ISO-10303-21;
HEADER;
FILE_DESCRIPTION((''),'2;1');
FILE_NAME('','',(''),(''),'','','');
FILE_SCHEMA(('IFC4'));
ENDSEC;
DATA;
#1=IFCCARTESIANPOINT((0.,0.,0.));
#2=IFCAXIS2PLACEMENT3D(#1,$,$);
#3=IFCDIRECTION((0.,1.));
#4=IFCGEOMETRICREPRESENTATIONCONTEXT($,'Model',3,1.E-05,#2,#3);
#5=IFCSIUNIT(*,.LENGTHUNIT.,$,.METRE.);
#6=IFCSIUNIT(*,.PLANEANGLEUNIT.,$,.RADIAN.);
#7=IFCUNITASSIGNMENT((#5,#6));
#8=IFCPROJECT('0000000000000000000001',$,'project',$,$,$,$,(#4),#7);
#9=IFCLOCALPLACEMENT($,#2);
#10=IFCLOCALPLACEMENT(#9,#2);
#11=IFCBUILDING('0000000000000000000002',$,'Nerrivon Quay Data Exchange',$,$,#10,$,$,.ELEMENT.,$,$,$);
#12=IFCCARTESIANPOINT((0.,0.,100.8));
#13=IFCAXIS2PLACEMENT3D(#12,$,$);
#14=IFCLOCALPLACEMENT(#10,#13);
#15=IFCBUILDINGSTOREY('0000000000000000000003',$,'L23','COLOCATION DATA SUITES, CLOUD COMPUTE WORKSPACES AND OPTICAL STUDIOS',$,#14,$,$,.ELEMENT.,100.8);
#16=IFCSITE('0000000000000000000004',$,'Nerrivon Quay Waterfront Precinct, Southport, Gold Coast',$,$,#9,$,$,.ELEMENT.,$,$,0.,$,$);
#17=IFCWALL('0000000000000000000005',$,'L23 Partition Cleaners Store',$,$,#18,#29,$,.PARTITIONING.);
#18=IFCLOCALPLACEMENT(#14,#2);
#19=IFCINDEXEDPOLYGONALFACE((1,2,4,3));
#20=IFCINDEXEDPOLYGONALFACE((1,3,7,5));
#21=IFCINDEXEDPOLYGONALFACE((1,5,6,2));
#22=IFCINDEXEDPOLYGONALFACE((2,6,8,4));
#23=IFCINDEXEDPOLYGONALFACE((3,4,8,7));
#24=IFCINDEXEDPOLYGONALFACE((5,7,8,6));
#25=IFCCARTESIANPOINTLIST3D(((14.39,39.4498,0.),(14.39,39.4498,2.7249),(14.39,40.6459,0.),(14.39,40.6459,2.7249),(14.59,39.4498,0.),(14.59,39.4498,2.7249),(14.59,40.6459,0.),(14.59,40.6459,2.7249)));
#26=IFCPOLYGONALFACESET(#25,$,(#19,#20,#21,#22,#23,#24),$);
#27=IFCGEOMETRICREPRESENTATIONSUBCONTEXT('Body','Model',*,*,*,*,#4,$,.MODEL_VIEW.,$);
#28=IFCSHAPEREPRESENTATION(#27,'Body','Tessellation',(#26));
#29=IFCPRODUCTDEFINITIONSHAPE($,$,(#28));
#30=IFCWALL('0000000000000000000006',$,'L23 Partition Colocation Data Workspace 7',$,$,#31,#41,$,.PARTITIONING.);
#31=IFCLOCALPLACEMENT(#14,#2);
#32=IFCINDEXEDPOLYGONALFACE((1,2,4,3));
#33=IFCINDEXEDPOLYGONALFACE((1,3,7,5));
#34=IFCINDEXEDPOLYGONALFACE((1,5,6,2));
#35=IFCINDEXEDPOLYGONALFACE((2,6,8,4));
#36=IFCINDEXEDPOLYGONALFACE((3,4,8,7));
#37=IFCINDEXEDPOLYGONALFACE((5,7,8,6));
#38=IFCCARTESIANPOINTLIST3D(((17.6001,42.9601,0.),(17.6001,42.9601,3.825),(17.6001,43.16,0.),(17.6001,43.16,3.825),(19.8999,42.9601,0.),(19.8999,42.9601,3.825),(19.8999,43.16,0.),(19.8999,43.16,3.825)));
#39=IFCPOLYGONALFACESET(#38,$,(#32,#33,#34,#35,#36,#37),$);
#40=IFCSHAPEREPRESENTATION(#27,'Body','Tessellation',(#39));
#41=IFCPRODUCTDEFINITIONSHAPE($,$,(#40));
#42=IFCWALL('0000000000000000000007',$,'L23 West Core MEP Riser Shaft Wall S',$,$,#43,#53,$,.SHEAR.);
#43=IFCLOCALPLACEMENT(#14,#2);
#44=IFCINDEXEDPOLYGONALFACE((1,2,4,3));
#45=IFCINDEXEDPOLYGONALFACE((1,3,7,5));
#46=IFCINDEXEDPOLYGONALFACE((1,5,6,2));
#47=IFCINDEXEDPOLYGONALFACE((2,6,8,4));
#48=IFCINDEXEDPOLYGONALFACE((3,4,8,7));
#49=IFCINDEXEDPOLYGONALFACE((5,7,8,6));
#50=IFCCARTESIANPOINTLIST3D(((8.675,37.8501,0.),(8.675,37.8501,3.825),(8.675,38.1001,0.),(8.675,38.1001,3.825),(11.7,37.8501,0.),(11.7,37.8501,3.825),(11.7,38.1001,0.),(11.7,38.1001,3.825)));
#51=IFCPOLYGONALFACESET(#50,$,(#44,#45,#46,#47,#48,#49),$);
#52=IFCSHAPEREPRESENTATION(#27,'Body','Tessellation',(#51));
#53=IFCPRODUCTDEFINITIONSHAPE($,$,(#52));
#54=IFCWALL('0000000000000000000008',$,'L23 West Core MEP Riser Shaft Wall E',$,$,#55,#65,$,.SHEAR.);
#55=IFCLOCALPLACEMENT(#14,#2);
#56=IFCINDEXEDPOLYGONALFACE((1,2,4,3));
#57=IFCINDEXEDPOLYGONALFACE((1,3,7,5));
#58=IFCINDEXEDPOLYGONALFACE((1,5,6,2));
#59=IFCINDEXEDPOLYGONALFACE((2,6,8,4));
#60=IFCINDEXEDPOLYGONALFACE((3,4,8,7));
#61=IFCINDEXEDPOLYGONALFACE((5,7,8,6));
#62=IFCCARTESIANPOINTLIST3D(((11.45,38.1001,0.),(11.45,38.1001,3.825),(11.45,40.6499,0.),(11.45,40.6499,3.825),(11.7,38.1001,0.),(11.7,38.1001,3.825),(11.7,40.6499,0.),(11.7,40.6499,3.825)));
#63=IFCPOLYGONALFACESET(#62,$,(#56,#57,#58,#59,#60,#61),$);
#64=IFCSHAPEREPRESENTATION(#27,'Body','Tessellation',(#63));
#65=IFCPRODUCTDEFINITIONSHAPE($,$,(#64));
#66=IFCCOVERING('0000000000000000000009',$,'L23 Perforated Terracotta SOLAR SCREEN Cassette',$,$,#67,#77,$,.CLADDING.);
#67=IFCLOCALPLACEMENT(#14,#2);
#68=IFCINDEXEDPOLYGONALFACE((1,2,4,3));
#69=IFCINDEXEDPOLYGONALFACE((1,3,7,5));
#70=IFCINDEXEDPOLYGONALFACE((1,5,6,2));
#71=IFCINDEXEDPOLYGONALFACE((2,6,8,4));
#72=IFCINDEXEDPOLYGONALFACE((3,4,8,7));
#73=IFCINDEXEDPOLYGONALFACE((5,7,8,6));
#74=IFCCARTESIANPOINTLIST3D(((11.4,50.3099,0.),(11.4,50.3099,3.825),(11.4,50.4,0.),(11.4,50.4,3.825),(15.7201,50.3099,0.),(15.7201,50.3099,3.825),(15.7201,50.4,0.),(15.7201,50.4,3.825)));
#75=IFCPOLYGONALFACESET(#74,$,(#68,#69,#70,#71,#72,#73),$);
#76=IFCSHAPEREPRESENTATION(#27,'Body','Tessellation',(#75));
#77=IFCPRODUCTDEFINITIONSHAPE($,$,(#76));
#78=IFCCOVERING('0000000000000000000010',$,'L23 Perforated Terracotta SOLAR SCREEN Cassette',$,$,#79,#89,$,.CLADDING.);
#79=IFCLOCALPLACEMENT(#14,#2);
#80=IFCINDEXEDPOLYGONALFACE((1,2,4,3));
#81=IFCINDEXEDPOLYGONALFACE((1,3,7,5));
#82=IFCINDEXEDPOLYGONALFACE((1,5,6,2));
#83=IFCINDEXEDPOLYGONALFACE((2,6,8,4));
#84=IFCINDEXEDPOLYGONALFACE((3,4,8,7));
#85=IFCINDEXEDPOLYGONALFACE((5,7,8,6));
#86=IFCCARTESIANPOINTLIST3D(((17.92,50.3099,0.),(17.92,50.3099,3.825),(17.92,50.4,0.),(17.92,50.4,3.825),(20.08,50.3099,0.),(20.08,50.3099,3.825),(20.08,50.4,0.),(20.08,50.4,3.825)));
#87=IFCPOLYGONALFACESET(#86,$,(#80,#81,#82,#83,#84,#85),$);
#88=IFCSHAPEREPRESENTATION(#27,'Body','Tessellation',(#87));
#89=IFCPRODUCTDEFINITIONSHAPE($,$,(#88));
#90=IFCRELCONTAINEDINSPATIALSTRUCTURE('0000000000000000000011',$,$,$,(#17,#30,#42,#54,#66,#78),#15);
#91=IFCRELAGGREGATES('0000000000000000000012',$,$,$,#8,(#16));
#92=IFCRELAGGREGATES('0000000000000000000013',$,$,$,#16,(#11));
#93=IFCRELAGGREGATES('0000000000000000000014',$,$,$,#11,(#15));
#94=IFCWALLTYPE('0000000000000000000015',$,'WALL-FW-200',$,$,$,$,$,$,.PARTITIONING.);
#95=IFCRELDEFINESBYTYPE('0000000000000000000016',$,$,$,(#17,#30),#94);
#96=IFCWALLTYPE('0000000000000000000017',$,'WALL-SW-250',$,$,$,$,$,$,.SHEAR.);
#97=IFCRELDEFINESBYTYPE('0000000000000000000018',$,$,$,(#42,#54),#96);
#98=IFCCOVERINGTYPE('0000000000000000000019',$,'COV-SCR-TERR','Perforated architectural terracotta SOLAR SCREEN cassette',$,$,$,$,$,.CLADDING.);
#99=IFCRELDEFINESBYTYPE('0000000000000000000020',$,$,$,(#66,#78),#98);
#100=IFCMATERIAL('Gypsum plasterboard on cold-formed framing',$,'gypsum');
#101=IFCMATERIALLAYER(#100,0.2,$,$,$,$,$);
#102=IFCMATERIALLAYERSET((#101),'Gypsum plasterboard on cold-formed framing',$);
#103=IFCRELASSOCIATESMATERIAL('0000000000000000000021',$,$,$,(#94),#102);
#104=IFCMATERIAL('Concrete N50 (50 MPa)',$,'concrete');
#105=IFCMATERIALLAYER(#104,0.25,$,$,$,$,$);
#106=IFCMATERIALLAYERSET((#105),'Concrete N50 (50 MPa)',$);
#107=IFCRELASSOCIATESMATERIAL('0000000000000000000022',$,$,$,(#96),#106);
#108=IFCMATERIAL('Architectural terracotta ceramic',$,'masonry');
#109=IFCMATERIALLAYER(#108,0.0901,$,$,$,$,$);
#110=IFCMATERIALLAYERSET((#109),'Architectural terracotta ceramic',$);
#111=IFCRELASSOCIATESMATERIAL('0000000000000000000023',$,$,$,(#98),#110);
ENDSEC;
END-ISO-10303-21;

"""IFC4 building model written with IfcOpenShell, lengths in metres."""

from ifc_helpers import new_model, si_unit, direction, frame, frame_2d, origin, origin_2d, place, context, subcontext, project, spatial, rectangle, extrude, material, layer, layer_set, type_object, element, save


model = new_model("IFC4")

# Units and contexts
model_context = context("Model", 3, precision=1e-05, world=origin(), true_north=direction((0.0, 1.0)))
body_context = subcontext(model_context, "Body", "Model", "MODEL_VIEW")
ifc_project = project(units=[si_unit("LENGTHUNIT", "METRE"), si_unit("PLANEANGLEUNIT", "RADIAN")], contexts=[model_context])

# Site, building, storey
site_placement = place(None, origin())
site = spatial("IfcSite", under=ifc_project, at=site_placement, Name="Nerrivon Quay Waterfront Precinct, Southport, Gold Coast", CompositionType="ELEMENT", RefElevation=0.0)
building_placement = place(site_placement, origin())
building = spatial("IfcBuilding", under=site, at=building_placement, Name="Nerrivon Quay Data Exchange", CompositionType="ELEMENT")
storey_placement = place(building_placement, frame((0.0, 0.0, 100.8)))
storey = spatial("IfcBuildingStorey", under=building, at=storey_placement, Name="L23", Description="COLOCATION DATA SUITES, CLOUD COMPUTE WORKSPACES AND OPTICAL STUDIOS", CompositionType="ELEMENT", Elevation=100.8)

# Walls
ifc_material_1 = material(Name="Gypsum plasterboard on cold-formed framing", Category="gypsum")
ifc_layer_1 = layer(ifc_material_1, 0.2)
ifc_layer_set_1 = layer_set([ifc_layer_1], Name="Gypsum plasterboard on cold-formed framing")
wall_type_1 = type_object("IfcWallType", Name="WALL-FW-200", PredefinedType="PARTITIONING", material=ifc_layer_set_1)
wall_1_placement = place(storey_placement, frame((14.49, 40.646, 0.0), z_axis=(0.0, 0.0, 1.0), x_axis=(0.0, -1.0, 0.0)))
element("IfcWall", 1, at=wall_1_placement, inside=storey, type_object=wall_type_1, Name="L23 Partition Cleaners Store", PredefinedType="PARTITIONING", context=body_context, shape_type="SweptSolid", body=[
    extrude(rectangle(XDim=1.196, YDim=0.2, at=frame_2d((0.5981, 0.0))), origin(), (0.0, 0.0, 1.0), 2.7249),
])
wall_2_placement = place(storey_placement, frame((17.6001, 43.0601, 0.0), z_axis=(0.0, 0.0, 1.0), x_axis=(1.0, 0.0, 0.0)))
element("IfcWall", 2, at=wall_2_placement, inside=storey, type_object=wall_type_1, Name="L23 Partition Colocation Data Workspace 7", PredefinedType="PARTITIONING", context=body_context, shape_type="SweptSolid", body=[
    extrude(rectangle(XDim=2.2998, YDim=0.2, at=frame_2d((1.1499, 0.0))), origin(), (0.0, 0.0, 1.0), 3.825),
])
ifc_material_2 = material(Name="Concrete N50 (50 MPa)", Category="concrete")
ifc_layer_2 = layer(ifc_material_2, 0.25)
ifc_layer_set_2 = layer_set([ifc_layer_2], Name="Concrete N50 (50 MPa)")
wall_type_2 = type_object("IfcWallType", Name="WALL-SW-250", PredefinedType="SHEAR", material=ifc_layer_set_2)
wall_3_placement = place(storey_placement, frame((8.675, 37.9751, 0.0), z_axis=(0.0, 0.0, 1.0), x_axis=(1.0, 0.0, 0.0)))
element("IfcWall", 3, at=wall_3_placement, inside=storey, type_object=wall_type_2, Name="L23 West Core MEP Riser Shaft Wall S", PredefinedType="SHEAR", context=body_context, shape_type="SweptSolid", body=[
    extrude(rectangle(XDim=3.0249, YDim=0.25, at=frame_2d((1.5125, 0.0))), origin(), (0.0, 0.0, 1.0), 3.825),
])
wall_4_placement = place(storey_placement, frame((11.575, 38.1001, 0.0), z_axis=(0.0, 0.0, 1.0), x_axis=(0.0, 1.0, 0.0)))
element("IfcWall", 4, at=wall_4_placement, inside=storey, type_object=wall_type_2, Name="L23 West Core MEP Riser Shaft Wall E", PredefinedType="SHEAR", context=body_context, shape_type="SweptSolid", body=[
    extrude(rectangle(XDim=2.5498, YDim=0.25, at=frame_2d((1.2749, 0.0))), origin(), (0.0, 0.0, 1.0), 3.825),
])

# Coverings
ifc_material_3 = material(Name="Architectural terracotta ceramic", Category="masonry")
ifc_layer_3 = layer(ifc_material_3, 0.0901)
ifc_layer_set_3 = layer_set([ifc_layer_3], Name="Architectural terracotta ceramic")
covering_type = type_object("IfcCoveringType", Name="COV-SCR-TERR", Description="Perforated architectural terracotta SOLAR SCREEN cassette", PredefinedType="CLADDING", material=ifc_layer_set_3)
covering_1_placement = place(storey_placement, frame((13.5601, 50.355, 0.0), z_axis=(0.0, 0.0, 1.0), x_axis=(1.0, 0.0, 0.0)))
element("IfcCovering", 5, at=covering_1_placement, inside=storey, type_object=covering_type, Name="L23 Perforated Terracotta SOLAR SCREEN Cassette", PredefinedType="CLADDING", context=body_context, shape_type="SweptSolid", body=[
    extrude(rectangle(XDim=4.3201, YDim=0.0901, at=origin_2d()), origin(), (0.0, 0.0, 1.0), 3.825),
])
covering_2_placement = place(storey_placement, frame((19.0, 50.355, 0.0), z_axis=(0.0, 0.0, 1.0), x_axis=(1.0, 0.0, 0.0)))
element("IfcCovering", 6, at=covering_2_placement, inside=storey, type_object=covering_type, Name="L23 Perforated Terracotta SOLAR SCREEN Cassette", PredefinedType="CLADDING", context=body_context, shape_type="SweptSolid", body=[
    extrude(rectangle(XDim=2.1599, YDim=0.0901, at=origin_2d()), origin(), (0.0, 0.0, 1.0), 3.825),
])

save(model, "model.ifc")
